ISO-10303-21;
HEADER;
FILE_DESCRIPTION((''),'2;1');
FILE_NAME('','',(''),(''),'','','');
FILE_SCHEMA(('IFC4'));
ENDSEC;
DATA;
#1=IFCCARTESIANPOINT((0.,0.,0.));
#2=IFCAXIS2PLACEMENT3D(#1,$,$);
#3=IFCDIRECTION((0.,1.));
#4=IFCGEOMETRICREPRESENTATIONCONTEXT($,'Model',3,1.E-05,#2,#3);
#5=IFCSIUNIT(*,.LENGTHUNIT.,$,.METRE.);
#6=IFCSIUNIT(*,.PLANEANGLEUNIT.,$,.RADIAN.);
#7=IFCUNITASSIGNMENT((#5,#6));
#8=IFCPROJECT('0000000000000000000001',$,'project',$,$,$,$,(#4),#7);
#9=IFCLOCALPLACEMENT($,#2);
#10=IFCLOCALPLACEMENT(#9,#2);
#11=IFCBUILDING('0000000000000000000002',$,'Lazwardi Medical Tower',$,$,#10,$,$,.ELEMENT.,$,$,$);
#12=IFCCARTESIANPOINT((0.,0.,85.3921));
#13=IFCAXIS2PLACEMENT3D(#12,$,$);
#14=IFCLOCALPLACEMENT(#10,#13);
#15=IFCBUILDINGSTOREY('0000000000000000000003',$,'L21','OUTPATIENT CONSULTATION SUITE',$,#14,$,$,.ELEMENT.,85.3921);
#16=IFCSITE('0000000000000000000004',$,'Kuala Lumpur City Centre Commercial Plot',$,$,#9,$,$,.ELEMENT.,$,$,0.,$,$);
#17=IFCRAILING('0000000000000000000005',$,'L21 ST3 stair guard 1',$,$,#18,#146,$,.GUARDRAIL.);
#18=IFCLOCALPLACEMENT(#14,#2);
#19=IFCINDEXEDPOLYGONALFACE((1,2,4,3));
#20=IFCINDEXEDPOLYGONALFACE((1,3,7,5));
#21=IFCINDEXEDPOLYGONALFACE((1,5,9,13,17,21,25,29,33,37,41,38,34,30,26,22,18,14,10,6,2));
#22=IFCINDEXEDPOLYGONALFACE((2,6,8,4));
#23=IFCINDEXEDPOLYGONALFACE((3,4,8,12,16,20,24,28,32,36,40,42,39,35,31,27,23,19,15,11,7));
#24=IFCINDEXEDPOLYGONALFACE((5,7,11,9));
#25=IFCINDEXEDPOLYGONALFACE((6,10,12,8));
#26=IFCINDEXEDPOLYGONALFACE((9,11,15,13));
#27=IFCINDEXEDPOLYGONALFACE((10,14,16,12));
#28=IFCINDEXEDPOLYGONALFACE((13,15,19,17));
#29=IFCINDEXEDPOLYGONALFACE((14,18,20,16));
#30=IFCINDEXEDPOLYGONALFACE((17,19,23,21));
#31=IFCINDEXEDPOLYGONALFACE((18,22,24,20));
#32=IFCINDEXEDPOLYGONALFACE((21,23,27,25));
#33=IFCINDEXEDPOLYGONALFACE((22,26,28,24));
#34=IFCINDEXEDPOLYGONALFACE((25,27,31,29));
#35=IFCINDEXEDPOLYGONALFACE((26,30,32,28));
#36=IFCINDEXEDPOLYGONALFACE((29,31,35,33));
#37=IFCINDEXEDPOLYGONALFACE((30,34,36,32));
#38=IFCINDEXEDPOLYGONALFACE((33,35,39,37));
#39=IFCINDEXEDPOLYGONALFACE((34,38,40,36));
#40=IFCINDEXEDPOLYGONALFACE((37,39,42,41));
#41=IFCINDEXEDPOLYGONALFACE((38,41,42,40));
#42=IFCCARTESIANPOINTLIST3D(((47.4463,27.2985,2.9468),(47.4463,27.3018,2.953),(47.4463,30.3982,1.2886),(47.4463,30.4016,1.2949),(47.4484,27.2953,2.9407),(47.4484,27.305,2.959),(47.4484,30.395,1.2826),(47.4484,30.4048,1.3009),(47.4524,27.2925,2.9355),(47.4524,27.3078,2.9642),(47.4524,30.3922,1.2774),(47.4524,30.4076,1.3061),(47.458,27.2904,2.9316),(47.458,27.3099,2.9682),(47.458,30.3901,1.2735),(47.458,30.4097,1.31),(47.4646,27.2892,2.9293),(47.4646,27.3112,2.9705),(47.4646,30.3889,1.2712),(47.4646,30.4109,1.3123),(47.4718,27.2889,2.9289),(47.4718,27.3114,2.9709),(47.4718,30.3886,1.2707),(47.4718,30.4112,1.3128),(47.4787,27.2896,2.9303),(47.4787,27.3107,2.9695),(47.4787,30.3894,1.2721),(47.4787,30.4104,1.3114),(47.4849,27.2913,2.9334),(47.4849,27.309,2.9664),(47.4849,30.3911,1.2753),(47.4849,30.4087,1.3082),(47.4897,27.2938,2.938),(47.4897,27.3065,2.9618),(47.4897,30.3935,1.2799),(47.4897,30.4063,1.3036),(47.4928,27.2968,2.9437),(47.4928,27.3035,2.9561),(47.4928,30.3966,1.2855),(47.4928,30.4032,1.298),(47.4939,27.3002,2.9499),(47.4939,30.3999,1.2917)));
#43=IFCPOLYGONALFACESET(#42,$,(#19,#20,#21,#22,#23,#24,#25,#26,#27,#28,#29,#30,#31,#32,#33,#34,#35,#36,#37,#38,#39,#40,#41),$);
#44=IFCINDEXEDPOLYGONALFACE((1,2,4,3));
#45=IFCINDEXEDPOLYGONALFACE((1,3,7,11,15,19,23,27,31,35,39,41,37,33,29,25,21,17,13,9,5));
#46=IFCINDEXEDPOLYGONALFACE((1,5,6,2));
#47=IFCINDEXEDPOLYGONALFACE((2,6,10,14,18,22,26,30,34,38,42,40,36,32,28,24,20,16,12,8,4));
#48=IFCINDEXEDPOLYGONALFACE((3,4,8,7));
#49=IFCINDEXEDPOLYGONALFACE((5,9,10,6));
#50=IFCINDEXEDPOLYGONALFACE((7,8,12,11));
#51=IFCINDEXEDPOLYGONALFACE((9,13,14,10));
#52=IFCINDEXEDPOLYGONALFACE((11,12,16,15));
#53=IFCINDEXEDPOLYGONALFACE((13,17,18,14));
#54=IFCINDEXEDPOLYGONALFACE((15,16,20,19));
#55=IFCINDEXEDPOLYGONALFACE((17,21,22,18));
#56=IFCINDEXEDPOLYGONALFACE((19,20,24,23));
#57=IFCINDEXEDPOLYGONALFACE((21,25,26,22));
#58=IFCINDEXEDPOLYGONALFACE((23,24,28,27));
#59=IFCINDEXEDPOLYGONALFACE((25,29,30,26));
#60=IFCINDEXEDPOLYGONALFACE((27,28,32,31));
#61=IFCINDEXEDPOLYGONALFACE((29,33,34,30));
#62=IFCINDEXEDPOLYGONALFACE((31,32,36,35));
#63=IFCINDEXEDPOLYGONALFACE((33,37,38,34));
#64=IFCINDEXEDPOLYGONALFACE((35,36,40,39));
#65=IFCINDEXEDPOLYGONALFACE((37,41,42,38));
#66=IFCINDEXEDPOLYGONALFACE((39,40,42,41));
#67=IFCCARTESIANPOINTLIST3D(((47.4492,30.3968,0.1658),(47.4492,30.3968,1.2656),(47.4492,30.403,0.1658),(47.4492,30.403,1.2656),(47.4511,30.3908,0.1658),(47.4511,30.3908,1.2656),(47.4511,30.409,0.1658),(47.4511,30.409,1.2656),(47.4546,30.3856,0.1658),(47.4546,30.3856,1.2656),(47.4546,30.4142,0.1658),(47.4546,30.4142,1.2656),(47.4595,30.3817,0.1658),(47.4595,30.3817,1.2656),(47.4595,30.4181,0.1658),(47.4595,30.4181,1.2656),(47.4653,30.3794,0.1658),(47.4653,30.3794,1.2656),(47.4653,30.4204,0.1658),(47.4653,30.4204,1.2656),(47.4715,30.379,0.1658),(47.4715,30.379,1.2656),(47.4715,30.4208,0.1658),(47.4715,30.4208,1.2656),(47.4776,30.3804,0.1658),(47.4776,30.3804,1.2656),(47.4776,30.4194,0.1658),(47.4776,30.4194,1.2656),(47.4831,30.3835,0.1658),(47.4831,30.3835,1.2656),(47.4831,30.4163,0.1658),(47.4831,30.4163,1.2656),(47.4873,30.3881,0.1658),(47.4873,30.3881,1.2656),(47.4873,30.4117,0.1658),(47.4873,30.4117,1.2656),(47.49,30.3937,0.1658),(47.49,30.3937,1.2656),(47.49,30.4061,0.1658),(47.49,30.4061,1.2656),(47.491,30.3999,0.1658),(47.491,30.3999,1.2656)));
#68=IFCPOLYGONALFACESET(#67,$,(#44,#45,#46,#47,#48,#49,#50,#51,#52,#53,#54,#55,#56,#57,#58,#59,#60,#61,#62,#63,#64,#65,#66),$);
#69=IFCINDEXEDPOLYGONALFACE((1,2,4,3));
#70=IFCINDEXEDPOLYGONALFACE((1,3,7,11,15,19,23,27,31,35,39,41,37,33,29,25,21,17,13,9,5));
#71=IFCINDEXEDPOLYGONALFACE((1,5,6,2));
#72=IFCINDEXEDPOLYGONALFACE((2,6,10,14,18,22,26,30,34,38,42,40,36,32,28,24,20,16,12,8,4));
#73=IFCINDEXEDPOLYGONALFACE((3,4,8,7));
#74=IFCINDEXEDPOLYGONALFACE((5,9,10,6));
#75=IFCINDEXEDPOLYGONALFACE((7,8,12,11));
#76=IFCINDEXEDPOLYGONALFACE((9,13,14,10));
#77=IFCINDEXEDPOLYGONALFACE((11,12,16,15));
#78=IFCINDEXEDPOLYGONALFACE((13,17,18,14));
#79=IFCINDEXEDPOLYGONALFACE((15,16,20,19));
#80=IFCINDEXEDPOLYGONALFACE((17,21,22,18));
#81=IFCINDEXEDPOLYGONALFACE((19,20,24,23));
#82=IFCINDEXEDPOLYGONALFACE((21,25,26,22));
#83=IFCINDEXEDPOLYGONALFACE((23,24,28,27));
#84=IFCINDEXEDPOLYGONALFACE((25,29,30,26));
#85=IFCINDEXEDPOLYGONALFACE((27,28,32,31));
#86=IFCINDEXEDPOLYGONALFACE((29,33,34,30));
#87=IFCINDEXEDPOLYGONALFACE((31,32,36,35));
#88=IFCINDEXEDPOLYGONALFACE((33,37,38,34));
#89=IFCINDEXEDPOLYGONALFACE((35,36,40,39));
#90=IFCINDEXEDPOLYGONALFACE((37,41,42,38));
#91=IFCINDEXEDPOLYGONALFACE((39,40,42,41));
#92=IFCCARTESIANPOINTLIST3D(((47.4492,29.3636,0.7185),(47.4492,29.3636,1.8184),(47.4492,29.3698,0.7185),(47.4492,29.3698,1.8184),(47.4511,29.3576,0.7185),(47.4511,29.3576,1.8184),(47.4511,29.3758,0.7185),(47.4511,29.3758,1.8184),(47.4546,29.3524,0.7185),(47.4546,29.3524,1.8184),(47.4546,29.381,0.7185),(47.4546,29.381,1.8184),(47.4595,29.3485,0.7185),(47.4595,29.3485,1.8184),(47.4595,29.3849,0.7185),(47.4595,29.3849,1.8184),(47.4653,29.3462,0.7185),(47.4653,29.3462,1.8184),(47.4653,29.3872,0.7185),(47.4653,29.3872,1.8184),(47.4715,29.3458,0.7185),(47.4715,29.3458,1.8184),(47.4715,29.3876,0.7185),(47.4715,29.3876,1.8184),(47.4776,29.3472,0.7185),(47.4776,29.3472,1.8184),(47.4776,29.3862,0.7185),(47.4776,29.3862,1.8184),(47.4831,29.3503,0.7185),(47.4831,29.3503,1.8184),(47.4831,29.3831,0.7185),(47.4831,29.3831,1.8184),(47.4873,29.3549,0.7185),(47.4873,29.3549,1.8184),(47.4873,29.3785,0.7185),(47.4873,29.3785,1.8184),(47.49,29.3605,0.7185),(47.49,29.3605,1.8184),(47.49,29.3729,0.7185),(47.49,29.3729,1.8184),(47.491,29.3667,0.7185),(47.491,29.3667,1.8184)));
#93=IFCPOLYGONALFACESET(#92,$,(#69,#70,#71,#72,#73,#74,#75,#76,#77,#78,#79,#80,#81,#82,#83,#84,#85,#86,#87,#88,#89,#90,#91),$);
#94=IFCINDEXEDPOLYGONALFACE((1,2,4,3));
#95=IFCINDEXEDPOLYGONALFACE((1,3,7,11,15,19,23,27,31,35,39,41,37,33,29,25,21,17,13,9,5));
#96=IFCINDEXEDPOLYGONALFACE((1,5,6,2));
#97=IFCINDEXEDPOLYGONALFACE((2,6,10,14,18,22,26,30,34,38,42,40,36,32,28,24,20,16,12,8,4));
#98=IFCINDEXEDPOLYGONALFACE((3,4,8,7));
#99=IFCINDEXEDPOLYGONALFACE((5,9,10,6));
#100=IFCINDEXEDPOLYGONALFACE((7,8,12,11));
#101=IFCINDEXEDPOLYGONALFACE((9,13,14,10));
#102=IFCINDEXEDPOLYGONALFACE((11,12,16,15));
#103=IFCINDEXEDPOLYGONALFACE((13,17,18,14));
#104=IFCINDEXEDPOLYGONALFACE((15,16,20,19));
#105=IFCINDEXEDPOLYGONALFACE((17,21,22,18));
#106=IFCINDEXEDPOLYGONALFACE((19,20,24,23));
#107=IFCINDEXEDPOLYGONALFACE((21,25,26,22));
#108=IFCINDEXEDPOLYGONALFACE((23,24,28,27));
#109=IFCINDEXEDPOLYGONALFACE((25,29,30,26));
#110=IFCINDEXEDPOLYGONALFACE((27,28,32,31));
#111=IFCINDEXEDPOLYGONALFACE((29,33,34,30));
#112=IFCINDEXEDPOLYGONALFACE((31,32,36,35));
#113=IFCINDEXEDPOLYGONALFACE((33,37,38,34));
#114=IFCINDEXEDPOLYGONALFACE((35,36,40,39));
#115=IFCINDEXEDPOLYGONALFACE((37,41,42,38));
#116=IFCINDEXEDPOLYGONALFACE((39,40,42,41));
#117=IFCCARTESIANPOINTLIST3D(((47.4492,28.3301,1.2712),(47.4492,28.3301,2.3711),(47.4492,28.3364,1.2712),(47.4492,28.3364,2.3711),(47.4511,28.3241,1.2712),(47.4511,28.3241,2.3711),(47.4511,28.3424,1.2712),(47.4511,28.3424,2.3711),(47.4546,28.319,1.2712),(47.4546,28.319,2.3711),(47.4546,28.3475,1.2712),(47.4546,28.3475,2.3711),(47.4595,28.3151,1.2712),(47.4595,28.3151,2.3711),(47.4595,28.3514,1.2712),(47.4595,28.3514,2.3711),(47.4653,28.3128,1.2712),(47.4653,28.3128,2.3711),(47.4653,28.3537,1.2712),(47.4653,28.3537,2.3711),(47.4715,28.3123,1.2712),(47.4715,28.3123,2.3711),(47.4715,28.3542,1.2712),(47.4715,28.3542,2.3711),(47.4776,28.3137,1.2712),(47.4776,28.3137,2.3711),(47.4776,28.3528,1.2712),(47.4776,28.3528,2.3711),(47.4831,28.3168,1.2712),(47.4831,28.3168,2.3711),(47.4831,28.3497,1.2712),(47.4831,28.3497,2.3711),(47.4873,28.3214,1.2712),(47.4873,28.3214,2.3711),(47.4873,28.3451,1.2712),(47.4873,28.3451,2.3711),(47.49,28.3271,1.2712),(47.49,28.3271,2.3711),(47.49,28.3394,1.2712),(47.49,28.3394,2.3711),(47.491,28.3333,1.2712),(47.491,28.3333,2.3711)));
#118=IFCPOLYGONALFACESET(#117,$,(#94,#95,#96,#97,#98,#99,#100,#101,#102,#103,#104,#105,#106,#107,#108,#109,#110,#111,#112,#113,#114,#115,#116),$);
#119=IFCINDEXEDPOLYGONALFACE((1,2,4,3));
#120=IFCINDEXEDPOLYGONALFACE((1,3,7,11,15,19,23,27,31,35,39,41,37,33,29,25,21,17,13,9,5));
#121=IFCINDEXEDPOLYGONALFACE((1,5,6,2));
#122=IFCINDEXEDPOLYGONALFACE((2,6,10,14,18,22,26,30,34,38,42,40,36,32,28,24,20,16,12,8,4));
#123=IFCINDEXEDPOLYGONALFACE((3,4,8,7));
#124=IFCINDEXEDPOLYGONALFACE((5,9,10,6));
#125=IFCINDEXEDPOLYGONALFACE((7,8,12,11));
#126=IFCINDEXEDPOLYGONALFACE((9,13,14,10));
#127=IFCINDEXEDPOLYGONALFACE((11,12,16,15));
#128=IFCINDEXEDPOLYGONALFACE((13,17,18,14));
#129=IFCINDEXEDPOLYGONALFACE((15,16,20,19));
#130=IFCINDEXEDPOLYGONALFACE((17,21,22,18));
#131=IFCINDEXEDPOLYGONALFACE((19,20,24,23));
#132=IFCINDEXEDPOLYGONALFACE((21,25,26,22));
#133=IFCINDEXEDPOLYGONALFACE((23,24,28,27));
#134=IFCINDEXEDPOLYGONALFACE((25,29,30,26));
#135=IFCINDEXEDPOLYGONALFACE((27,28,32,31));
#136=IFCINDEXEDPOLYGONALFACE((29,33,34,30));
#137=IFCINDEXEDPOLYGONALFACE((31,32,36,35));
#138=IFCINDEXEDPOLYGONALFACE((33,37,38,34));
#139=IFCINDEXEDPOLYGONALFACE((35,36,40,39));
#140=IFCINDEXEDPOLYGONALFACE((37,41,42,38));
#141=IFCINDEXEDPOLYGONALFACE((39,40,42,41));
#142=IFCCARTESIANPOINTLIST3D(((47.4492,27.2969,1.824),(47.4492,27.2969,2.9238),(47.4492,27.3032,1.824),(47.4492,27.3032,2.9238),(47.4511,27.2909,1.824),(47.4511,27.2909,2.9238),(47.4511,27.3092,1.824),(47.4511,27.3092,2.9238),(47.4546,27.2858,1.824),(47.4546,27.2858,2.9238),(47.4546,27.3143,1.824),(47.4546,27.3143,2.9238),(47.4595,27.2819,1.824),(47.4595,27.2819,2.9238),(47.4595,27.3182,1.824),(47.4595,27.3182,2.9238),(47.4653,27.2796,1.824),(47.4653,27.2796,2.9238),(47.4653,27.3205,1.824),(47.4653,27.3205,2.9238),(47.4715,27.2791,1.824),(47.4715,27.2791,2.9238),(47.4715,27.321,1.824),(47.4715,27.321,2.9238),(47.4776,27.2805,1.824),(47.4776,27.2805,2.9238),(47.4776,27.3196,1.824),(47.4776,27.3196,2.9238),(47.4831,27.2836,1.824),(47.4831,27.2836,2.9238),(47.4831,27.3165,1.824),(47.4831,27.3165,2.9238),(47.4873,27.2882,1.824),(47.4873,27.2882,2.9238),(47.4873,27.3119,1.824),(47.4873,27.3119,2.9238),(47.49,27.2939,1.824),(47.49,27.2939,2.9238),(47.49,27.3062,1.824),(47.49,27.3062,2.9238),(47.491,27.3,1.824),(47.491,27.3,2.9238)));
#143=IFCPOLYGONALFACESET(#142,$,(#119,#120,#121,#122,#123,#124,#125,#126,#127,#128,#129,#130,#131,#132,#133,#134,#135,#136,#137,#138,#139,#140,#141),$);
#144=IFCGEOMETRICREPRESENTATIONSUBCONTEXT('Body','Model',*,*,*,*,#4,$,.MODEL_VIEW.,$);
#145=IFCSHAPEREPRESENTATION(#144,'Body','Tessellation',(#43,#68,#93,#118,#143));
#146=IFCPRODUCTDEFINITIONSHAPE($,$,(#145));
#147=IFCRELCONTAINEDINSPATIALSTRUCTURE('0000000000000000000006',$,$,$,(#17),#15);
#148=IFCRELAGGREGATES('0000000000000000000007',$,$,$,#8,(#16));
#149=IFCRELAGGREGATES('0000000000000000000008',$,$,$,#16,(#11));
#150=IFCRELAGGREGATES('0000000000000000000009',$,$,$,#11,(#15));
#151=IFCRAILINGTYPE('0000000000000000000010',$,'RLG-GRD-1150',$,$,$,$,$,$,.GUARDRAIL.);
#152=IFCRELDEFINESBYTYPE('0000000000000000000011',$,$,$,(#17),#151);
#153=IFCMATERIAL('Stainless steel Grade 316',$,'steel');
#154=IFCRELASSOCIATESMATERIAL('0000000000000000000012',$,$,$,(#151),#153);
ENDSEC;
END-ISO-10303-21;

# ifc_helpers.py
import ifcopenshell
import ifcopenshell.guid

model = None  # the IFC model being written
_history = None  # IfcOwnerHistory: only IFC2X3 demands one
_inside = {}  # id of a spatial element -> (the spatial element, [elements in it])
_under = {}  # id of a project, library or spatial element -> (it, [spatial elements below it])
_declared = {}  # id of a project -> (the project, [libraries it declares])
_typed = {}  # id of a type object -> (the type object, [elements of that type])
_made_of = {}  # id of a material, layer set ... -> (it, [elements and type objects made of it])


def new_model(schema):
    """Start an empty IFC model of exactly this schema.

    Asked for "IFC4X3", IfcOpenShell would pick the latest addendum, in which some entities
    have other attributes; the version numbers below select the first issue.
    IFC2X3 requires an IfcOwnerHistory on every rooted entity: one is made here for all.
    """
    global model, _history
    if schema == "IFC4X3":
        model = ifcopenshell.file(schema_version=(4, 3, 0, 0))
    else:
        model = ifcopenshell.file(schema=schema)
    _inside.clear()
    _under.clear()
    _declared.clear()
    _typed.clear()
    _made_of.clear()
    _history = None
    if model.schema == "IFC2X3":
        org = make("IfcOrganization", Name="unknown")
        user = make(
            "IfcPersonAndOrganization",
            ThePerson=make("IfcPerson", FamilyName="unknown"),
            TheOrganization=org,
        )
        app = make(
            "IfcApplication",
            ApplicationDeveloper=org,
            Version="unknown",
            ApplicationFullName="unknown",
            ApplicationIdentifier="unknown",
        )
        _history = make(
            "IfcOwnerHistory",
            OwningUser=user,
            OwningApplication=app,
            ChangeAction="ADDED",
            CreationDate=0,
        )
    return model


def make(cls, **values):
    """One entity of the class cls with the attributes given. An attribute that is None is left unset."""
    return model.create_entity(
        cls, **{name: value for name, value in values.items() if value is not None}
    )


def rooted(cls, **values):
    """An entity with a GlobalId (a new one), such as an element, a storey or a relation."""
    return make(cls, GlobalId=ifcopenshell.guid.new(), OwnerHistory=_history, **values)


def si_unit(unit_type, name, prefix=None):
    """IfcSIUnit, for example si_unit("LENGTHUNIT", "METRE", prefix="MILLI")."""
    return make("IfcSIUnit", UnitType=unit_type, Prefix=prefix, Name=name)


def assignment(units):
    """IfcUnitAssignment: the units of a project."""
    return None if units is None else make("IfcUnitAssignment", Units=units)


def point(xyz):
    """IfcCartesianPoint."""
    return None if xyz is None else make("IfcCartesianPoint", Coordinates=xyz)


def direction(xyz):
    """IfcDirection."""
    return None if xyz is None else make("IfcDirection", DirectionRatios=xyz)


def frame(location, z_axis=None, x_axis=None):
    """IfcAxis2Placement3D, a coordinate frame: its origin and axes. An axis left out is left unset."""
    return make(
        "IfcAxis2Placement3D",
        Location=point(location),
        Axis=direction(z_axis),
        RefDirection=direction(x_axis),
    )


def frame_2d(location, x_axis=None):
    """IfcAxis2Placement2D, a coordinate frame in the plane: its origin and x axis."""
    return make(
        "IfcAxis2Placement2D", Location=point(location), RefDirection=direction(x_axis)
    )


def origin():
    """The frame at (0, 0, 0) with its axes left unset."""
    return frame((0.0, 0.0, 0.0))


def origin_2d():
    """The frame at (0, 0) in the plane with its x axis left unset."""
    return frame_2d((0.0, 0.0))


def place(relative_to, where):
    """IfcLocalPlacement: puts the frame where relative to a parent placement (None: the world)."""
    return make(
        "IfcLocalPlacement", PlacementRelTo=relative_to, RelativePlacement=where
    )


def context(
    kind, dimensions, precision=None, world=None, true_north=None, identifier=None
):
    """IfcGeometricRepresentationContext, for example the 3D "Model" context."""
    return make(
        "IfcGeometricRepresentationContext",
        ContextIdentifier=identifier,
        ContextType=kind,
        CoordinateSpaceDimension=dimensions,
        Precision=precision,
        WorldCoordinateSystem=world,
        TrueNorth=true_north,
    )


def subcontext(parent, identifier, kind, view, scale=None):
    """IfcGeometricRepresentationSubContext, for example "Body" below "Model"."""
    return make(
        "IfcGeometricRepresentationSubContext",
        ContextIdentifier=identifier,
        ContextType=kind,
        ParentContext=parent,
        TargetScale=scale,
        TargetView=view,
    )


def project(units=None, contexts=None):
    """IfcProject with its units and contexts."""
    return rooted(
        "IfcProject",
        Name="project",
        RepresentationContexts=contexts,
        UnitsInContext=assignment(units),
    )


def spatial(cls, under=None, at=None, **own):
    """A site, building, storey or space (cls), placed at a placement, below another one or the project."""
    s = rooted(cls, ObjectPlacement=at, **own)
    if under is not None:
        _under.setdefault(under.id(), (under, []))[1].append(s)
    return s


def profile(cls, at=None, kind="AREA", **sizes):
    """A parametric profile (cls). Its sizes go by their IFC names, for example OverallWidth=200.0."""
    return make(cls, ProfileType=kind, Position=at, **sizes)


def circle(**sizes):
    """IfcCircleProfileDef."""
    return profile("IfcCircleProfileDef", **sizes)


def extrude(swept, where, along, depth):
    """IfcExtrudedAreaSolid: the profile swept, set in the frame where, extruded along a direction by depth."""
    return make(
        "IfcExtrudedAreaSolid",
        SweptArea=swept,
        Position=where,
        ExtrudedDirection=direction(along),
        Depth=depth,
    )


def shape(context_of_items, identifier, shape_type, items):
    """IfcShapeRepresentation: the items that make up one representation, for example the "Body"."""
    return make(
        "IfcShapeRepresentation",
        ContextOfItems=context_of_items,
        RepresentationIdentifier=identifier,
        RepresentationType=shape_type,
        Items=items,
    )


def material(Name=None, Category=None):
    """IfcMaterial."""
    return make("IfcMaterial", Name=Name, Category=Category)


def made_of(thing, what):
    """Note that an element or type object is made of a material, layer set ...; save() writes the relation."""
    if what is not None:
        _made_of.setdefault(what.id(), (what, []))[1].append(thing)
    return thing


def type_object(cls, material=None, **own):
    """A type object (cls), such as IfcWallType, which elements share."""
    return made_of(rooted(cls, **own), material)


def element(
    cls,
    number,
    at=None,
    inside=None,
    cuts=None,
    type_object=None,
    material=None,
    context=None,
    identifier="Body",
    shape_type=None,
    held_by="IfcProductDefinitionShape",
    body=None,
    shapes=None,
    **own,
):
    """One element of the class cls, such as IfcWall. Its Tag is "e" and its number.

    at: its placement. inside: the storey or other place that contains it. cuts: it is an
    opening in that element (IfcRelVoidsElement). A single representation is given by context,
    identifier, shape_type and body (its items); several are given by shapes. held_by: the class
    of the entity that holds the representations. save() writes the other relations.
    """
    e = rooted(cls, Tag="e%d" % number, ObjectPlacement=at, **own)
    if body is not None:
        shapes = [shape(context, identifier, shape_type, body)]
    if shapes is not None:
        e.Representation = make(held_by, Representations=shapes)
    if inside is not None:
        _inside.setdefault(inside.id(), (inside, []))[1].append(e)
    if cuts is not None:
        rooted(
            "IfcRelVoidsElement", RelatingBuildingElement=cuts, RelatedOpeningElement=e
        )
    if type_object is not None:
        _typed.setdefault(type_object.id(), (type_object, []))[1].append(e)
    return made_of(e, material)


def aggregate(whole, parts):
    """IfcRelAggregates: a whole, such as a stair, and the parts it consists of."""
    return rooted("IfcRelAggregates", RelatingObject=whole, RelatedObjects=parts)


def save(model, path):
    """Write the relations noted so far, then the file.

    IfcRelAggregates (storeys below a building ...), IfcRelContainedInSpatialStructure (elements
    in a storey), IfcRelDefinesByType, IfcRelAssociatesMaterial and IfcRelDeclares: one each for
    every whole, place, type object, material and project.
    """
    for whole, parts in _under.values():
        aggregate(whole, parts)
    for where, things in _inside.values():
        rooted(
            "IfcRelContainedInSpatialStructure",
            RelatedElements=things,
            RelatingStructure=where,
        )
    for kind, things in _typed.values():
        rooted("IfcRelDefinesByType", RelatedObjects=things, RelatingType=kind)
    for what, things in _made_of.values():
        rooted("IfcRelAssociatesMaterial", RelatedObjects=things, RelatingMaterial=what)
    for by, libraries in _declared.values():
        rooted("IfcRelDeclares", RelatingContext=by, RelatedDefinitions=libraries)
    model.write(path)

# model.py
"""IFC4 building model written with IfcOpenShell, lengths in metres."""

from ifc_helpers import new_model, si_unit, direction, frame, origin, origin_2d, place, context, subcontext, project, spatial, circle, extrude, material, type_object, element, save


model = new_model("IFC4")

# Units and contexts
model_context = context("Model", 3, precision=1e-05, world=origin(), true_north=direction((0.0, 1.0)))
body_context = subcontext(model_context, "Body", "Model", "MODEL_VIEW")
ifc_project = project(units=[si_unit("LENGTHUNIT", "METRE"), si_unit("PLANEANGLEUNIT", "RADIAN")], contexts=[model_context])

# Site, building, storey
site_placement = place(None, origin())
site = spatial("IfcSite", under=ifc_project, at=site_placement, Name="Kuala Lumpur City Centre Commercial Plot", CompositionType="ELEMENT", RefElevation=0.0)
building_placement = place(site_placement, origin())
building = spatial("IfcBuilding", under=site, at=building_placement, Name="Lazwardi Medical Tower", CompositionType="ELEMENT")
storey_placement = place(building_placement, frame((0.0, 0.0, 85.3921)))
storey = spatial("IfcBuildingStorey", under=building, at=storey_placement, Name="L21", Description="OUTPATIENT CONSULTATION SUITE", CompositionType="ELEMENT", Elevation=85.3921)

# Railing
ifc_material_1 = material(Name="Stainless steel Grade 316", Category="steel")
railing_type_1 = type_object("IfcRailingType", Name="RLG-GRD-1150", PredefinedType="GUARDRAIL", material=ifc_material_1)
railing_1_placement = place(storey_placement, frame((47.47, 30.3999, 0.1658)))
element("IfcRailing", 1, at=railing_1_placement, inside=storey, type_object=railing_type_1, Name="L21 ST3 stair guard 1", PredefinedType="GUARDRAIL", context=body_context, shape_type="SweptSolid", body=[
    extrude(circle(Radius=0.0239, at=origin_2d()), frame((0.0, 0.0, 1.126), z_axis=(0.0, -0.881768, 0.471684), x_axis=(1.0, 0.0, 0.0)), (0.0, 0.0, 1.0), 3.5154),
    extrude(circle(Radius=0.021, at=origin_2d()), origin(), (0.0, 0.0, 1.0), 1.0999),
    extrude(circle(Radius=0.021, at=origin_2d()), frame((0.0, -1.0332, 0.5527)), (0.0, 0.0, 1.0), 1.0999),
    extrude(circle(Radius=0.021, at=origin_2d()), frame((0.0, -2.0667, 1.1055)), (0.0, 0.0, 1.0), 1.0999),
    extrude(circle(Radius=0.021, at=origin_2d()), frame((0.0, -3.0999, 1.6582)), (0.0, 0.0, 1.0), 1.0999),
])

save(model, "model.ifc")
